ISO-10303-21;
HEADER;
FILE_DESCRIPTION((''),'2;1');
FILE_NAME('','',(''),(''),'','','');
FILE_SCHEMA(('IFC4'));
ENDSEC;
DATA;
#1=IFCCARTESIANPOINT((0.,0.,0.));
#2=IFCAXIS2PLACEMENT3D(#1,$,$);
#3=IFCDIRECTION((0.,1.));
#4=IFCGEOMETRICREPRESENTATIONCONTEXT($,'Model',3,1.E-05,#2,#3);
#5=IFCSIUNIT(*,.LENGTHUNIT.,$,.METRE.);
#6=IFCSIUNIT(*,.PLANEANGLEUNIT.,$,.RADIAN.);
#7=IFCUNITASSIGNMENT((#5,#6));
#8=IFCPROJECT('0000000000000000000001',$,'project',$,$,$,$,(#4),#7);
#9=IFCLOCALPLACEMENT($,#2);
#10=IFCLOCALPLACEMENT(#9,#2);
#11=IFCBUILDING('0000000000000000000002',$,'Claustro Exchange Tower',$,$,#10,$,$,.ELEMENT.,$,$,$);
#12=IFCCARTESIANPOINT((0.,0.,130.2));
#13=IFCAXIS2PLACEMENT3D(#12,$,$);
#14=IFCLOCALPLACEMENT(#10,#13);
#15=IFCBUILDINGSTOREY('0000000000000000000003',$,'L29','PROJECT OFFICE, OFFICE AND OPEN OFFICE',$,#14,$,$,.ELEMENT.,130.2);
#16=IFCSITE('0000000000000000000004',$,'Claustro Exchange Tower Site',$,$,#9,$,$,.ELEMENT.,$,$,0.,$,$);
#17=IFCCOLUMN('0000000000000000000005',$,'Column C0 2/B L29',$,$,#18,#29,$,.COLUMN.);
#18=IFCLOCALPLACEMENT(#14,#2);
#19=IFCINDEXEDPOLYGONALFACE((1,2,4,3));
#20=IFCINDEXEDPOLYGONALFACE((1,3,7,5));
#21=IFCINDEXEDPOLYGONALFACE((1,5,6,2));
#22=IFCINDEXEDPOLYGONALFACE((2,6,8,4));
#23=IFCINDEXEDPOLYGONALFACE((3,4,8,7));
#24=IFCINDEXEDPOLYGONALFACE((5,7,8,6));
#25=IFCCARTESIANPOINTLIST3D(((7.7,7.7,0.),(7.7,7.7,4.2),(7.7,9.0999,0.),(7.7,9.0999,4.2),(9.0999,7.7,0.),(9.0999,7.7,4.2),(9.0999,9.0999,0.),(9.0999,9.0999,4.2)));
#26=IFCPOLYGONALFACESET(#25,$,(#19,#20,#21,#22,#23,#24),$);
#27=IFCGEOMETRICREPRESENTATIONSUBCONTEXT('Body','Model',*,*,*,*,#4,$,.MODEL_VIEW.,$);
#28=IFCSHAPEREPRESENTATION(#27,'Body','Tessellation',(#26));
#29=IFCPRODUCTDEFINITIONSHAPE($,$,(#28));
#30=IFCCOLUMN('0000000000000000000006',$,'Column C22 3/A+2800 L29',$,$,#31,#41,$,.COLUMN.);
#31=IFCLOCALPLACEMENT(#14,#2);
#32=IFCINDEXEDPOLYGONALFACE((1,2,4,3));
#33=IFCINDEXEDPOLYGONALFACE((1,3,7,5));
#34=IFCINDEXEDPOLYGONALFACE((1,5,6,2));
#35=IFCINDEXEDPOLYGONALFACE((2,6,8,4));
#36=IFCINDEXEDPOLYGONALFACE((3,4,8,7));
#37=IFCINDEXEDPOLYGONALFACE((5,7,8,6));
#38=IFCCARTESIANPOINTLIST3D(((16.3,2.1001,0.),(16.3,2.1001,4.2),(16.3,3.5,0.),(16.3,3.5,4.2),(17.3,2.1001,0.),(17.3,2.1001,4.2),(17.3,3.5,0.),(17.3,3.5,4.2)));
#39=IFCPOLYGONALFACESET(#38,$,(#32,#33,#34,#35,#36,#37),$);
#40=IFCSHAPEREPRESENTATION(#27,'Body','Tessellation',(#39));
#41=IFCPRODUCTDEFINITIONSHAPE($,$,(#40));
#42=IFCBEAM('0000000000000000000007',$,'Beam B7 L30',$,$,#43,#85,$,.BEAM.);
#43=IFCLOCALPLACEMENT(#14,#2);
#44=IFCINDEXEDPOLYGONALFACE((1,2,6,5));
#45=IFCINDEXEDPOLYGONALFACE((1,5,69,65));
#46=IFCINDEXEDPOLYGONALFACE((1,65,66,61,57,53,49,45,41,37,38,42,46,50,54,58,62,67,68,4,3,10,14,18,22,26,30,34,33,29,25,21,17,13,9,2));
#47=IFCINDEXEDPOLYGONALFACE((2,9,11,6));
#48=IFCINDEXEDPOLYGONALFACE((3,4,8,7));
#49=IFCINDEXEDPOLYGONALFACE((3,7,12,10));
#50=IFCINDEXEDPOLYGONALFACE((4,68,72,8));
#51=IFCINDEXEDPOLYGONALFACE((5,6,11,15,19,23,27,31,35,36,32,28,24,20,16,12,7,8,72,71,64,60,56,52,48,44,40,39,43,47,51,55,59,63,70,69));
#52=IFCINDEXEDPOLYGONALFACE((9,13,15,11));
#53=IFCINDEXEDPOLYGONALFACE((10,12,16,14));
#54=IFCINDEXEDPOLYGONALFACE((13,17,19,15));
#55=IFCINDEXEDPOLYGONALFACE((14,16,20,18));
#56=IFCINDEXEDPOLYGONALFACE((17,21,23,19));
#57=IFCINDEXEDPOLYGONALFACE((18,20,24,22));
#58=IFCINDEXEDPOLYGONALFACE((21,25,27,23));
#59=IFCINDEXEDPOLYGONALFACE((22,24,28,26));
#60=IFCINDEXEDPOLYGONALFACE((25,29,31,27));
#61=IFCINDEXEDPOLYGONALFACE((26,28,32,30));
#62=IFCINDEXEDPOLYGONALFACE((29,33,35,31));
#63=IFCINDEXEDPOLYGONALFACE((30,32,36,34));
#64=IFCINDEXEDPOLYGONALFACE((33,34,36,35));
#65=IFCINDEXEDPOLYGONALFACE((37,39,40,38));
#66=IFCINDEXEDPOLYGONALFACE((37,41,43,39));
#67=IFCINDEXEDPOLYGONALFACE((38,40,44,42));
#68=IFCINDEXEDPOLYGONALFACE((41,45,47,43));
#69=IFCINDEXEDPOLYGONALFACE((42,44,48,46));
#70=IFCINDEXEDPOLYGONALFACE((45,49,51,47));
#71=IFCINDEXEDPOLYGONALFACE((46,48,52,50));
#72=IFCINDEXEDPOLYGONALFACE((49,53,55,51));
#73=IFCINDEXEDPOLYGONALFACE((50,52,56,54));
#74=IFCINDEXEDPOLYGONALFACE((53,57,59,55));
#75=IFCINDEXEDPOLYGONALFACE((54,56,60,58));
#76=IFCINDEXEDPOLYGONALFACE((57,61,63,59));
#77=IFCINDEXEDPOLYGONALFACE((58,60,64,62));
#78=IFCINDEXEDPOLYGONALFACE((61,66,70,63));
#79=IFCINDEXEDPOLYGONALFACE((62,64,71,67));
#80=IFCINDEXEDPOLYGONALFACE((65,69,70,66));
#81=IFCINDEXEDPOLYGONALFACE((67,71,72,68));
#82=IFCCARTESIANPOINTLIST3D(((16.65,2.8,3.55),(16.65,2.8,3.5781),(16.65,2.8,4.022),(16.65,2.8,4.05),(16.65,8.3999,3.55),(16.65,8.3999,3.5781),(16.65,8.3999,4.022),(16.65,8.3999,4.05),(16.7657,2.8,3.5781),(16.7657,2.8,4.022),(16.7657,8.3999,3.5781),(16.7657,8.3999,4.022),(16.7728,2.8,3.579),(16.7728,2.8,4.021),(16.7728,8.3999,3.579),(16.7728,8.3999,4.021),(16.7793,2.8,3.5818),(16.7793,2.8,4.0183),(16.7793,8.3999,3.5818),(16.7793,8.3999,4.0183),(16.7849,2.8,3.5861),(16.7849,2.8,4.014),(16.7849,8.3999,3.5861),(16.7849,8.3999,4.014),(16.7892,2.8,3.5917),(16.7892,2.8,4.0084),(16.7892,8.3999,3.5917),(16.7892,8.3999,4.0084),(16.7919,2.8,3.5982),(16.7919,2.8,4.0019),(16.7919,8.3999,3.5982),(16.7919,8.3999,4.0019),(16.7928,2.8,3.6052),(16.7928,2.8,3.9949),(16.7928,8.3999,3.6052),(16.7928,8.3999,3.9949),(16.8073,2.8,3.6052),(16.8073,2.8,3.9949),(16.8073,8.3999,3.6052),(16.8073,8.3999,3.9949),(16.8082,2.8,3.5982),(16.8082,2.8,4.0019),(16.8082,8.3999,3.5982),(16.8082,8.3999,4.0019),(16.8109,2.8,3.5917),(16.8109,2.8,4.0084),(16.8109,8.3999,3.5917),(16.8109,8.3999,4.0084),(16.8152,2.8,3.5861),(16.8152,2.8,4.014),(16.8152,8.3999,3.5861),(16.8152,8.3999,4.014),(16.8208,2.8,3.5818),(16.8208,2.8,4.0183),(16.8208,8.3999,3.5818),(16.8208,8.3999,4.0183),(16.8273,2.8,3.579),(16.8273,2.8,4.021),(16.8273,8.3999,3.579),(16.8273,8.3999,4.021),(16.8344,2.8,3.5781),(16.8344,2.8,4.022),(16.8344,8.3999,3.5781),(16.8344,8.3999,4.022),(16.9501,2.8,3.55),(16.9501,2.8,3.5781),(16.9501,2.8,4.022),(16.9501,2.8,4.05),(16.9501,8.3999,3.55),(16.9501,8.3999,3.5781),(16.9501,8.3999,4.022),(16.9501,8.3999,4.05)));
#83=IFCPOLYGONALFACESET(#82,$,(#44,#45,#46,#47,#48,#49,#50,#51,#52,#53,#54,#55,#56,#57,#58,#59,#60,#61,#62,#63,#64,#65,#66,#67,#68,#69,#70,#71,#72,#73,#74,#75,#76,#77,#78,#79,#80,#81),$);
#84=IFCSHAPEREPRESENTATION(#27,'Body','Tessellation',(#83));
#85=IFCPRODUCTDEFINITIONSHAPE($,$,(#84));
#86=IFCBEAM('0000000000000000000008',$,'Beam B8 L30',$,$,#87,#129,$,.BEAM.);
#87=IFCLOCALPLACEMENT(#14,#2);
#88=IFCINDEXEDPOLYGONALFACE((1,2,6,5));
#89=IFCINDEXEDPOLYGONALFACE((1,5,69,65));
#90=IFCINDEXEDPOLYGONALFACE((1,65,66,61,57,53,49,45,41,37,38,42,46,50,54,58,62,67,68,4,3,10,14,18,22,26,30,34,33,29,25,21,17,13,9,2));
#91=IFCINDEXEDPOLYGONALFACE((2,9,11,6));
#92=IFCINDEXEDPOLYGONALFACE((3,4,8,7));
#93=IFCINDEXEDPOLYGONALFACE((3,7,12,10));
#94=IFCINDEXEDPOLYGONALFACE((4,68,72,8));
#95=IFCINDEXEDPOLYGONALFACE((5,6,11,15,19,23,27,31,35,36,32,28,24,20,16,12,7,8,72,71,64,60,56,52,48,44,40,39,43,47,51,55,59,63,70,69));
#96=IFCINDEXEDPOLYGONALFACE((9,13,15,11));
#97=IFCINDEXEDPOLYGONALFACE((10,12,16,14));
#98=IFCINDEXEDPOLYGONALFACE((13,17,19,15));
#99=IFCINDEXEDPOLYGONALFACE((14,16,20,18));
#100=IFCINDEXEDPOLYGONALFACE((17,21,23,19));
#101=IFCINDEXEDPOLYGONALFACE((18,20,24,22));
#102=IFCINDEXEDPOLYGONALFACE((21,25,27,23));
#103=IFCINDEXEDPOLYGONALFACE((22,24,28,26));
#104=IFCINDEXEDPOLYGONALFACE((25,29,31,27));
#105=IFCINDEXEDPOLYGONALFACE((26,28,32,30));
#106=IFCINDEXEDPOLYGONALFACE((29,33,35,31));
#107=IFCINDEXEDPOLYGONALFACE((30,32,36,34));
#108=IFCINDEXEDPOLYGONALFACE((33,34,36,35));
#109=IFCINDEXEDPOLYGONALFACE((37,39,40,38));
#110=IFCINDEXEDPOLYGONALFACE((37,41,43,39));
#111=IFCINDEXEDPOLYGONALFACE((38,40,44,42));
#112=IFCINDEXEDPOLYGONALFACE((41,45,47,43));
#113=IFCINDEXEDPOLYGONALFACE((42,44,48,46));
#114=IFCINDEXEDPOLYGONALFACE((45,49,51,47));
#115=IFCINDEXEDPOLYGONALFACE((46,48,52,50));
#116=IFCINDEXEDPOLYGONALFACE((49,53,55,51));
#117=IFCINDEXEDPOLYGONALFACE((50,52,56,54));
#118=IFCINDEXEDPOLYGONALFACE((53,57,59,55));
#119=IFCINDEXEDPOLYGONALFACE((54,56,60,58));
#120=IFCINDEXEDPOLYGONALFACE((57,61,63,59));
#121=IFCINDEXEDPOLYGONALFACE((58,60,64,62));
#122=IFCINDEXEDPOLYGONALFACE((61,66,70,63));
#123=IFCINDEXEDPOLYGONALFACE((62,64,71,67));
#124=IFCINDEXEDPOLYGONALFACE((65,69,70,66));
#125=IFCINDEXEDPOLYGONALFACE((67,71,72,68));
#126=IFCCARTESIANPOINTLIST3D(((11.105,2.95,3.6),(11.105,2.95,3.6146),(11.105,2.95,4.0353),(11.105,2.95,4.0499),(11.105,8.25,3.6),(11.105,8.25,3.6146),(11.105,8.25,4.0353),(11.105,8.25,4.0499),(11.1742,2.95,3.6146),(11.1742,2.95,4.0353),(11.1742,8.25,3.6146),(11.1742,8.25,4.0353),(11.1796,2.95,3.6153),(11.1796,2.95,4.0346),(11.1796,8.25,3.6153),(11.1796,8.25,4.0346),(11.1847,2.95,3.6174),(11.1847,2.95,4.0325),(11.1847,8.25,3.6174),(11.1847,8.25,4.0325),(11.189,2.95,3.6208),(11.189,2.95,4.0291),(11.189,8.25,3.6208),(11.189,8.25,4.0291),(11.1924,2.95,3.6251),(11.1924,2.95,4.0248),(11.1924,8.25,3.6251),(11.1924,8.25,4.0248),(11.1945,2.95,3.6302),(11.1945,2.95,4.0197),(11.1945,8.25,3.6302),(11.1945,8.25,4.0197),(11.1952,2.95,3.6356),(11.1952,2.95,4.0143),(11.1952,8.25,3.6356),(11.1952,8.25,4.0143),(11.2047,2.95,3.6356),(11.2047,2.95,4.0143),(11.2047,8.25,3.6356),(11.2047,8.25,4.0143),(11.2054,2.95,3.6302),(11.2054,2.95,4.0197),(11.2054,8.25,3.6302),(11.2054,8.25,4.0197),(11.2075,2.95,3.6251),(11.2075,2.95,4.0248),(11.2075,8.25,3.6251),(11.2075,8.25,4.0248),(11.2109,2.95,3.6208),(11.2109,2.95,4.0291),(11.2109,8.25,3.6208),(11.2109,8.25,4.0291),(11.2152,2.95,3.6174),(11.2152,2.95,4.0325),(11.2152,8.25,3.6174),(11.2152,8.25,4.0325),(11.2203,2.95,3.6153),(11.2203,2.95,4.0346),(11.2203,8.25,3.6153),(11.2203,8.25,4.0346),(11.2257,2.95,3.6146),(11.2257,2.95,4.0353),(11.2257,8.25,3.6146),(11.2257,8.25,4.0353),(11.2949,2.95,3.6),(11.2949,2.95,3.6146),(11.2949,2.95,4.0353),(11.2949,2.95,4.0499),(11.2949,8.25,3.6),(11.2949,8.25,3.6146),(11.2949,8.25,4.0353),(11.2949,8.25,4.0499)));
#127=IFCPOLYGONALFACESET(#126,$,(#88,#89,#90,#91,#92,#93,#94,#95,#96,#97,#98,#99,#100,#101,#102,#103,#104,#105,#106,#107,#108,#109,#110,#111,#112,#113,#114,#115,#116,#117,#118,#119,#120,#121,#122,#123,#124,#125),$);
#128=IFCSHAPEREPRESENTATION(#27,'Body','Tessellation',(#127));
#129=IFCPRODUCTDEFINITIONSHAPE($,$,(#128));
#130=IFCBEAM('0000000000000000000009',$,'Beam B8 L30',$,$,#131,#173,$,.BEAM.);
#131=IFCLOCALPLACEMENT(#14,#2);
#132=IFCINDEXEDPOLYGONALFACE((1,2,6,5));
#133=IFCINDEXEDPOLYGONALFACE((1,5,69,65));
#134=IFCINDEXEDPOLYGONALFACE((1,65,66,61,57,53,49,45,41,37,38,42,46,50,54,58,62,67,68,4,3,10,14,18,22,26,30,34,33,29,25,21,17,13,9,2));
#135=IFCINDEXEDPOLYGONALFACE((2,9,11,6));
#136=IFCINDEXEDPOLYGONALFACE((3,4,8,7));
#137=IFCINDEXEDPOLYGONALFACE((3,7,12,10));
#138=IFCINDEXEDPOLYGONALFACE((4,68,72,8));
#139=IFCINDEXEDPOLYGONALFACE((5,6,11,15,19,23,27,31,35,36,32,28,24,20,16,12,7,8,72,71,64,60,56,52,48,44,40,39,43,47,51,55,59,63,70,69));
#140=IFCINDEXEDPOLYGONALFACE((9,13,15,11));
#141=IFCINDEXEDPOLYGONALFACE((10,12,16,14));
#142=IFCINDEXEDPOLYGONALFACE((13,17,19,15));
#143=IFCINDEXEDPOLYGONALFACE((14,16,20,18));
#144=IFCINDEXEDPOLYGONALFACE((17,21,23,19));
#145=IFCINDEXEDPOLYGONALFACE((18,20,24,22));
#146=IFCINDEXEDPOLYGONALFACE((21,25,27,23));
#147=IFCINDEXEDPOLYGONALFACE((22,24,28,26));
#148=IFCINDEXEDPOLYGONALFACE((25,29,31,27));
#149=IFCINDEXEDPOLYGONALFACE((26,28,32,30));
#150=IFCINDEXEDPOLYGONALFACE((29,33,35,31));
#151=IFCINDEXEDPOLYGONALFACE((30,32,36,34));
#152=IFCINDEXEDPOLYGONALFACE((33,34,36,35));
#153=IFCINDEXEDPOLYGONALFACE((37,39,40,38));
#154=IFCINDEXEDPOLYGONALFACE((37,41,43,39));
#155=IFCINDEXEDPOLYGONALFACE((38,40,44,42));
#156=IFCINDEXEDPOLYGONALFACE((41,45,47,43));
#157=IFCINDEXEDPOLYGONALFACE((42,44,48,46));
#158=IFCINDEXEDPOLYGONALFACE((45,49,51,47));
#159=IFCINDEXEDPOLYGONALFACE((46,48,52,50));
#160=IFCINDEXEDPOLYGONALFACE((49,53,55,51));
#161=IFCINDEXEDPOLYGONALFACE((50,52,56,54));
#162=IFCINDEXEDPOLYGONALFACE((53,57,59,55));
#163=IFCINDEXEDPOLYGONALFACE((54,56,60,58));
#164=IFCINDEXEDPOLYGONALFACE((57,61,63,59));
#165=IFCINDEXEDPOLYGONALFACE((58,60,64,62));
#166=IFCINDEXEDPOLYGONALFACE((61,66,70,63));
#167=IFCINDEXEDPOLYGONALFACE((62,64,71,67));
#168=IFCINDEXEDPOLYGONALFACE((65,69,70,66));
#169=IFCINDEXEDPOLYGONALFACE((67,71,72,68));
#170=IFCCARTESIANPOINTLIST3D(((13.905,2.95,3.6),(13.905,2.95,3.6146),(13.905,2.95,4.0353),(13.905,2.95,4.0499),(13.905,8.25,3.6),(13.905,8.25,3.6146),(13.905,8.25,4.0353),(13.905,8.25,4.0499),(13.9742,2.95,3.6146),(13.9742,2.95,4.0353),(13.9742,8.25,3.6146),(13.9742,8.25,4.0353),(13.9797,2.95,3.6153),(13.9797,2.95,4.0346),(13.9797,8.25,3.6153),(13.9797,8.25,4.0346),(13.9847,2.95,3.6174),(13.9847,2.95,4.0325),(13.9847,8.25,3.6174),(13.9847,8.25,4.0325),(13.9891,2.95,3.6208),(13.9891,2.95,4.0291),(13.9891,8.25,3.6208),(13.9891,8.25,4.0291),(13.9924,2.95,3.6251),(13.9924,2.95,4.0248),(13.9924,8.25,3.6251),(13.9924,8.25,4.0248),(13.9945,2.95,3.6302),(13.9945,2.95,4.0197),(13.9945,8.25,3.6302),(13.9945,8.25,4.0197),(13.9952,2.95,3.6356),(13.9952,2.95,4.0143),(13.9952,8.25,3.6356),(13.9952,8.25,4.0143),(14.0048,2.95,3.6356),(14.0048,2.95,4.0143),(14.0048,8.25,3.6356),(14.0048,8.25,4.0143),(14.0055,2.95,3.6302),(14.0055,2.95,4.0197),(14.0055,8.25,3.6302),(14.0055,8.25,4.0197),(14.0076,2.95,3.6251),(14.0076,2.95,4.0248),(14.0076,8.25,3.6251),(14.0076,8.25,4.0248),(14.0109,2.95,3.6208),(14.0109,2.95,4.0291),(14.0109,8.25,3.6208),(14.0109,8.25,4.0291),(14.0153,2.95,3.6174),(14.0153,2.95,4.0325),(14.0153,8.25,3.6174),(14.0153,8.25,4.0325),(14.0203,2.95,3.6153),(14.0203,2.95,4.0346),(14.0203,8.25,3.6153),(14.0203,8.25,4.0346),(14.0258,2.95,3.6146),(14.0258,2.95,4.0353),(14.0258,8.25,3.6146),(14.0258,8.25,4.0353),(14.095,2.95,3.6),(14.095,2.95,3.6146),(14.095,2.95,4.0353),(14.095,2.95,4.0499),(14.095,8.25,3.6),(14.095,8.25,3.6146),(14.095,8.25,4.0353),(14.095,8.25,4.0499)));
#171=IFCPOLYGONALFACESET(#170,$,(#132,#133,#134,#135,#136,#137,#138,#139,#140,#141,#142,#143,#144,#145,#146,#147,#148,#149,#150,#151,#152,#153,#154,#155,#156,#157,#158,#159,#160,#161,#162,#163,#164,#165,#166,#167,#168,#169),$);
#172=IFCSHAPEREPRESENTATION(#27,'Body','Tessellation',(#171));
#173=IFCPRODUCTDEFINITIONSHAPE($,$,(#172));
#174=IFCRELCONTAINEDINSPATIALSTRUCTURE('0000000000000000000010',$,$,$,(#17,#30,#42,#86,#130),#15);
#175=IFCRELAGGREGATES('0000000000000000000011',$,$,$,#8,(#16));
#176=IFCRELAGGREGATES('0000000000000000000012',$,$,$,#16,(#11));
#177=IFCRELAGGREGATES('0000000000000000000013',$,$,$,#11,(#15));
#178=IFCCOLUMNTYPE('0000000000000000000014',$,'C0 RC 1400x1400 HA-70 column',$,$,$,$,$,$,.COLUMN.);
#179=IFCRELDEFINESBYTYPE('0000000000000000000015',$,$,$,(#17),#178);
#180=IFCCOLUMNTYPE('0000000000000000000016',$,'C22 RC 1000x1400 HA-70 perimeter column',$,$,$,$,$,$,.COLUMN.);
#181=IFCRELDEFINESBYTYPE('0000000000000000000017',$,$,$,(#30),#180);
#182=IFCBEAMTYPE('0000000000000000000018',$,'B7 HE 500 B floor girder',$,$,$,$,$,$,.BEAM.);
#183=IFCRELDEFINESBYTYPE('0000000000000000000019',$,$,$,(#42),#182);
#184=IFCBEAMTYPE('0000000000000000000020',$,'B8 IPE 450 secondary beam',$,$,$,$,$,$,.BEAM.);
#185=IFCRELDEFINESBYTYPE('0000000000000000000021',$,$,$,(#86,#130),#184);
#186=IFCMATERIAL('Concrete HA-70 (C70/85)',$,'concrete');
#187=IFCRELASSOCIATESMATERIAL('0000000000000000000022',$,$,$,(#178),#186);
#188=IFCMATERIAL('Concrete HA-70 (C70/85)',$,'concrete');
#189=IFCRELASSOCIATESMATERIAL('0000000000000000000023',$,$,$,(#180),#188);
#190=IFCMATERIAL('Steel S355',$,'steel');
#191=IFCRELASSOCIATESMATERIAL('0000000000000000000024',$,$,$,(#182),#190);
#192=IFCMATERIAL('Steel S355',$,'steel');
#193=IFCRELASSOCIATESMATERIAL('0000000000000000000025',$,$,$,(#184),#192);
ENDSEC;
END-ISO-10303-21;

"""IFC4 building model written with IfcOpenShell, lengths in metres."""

from ifc_helpers import new_model, si_unit, direction, frame, origin, origin_2d, place, context, subcontext, project, spatial, rectangle, i_section, extrude, material, material_profile, profile_set, type_object, element, save


model = new_model("IFC4")

# Units and contexts
model_context = context("Model", 3, precision=1e-05, world=origin(), true_north=direction((0.0, 1.0)))
body_context = subcontext(model_context, "Body", "Model", "MODEL_VIEW")
ifc_project = project(units=[si_unit("LENGTHUNIT", "METRE"), si_unit("PLANEANGLEUNIT", "RADIAN")], contexts=[model_context])

# Site, building, storey
site_placement = place(None, origin())
site = spatial("IfcSite", under=ifc_project, at=site_placement, Name="Claustro Exchange Tower Site", CompositionType="ELEMENT", RefElevation=0.0)
building_placement = place(site_placement, origin())
building = spatial("IfcBuilding", under=site, at=building_placement, Name="Claustro Exchange Tower", CompositionType="ELEMENT")
storey_placement = place(building_placement, frame((0.0, 0.0, 130.2)))
storey = spatial("IfcBuildingStorey", under=building, at=storey_placement, Name="L29", Description="PROJECT OFFICE, OFFICE AND OPEN OFFICE", CompositionType="ELEMENT", Elevation=130.2)

# Columns
ifc_material_1 = material(Name="Concrete HA-70 (C70/85)", Category="concrete")
ifc_material_profile_1 = material_profile(ifc_material_1, rectangle(XDim=1.3999, YDim=1.3999, at=origin_2d()), Name="RC 1400x1400")
ifc_profile_set_1 = profile_set([ifc_material_profile_1], Name="Concrete HA-70 (C70/85)")
column_type_1 = type_object("IfcColumnType", Name="C0 RC 1400x1400 HA-70 column", PredefinedType="COLUMN", material=ifc_profile_set_1)
column_1_placement = place(storey_placement, frame((8.3999, 8.3999, 0.0), z_axis=(0.0, 0.0, 1.0), x_axis=(1.0, 0.0, 0.0)))
element("IfcColumn", 1, at=column_1_placement, inside=storey, type_object=column_type_1, Name="Column C0 2/B L29", PredefinedType="COLUMN", context=body_context, shape_type="SweptSolid", body=[
    extrude(rectangle(XDim=1.3999, YDim=1.3999, at=origin_2d()), origin(), (0.0, 0.0, 1.0), 4.2),
])
ifc_material_2 = material(Name="Concrete HA-70 (C70/85)", Category="concrete")
ifc_material_profile_2 = material_profile(ifc_material_2, rectangle(XDim=1.0, YDim=1.3999, at=origin_2d()), Name="RC 1000x1400")
ifc_profile_set_2 = profile_set([ifc_material_profile_2], Name="Concrete HA-70 (C70/85)")
column_type_2 = type_object("IfcColumnType", Name="C22 RC 1000x1400 HA-70 perimeter column", PredefinedType="COLUMN", material=ifc_profile_set_2)
column_2_placement = place(storey_placement, frame((16.8, 2.8, 0.0), z_axis=(0.0, 0.0, 1.0), x_axis=(1.0, 0.0, 0.0)))
element("IfcColumn", 2, at=column_2_placement, inside=storey, type_object=column_type_2, Name="Column C22 3/A+2800 L29", PredefinedType="COLUMN", context=body_context, shape_type="SweptSolid", body=[
    extrude(rectangle(XDim=1.0, YDim=1.3999, at=origin_2d()), origin(), (0.0, 0.0, 1.0), 4.2),
])

# Beams
ifc_material_3 = material(Name="Steel S355", Category="steel")
ifc_material_profile_3 = material_profile(ifc_material_3, i_section(OverallWidth=0.3, OverallDepth=0.5, WebThickness=0.0144, FlangeThickness=0.0281, FilletRadius=0.0271, at=origin_2d()), Name="HE 500 B")
ifc_profile_set_3 = profile_set([ifc_material_profile_3], Name="Steel S355")
beam_type_1 = type_object("IfcBeamType", Name="B7 HE 500 B floor girder", PredefinedType="BEAM", material=ifc_profile_set_3)
beam_1_placement = place(storey_placement, frame((16.8, 2.8, 3.8), z_axis=(0.0, 1.0, 0.0), x_axis=(-1.0, 0.0, 0.0)))
element("IfcBeam", 3, at=beam_1_placement, inside=storey, type_object=beam_type_1, Name="Beam B7 L30", PredefinedType="BEAM", context=body_context, shape_type="SweptSolid", body=[
    extrude(i_section(OverallWidth=0.3, OverallDepth=0.5, WebThickness=0.0144, FlangeThickness=0.0281, FilletRadius=0.0271, at=origin_2d()), origin(), (0.0, 0.0, 1.0), 5.5999),
])
ifc_material_4 = material(Name="Steel S355", Category="steel")
ifc_material_profile_4 = material_profile(ifc_material_4, i_section(OverallWidth=0.1899, OverallDepth=0.45, WebThickness=0.0095, FlangeThickness=0.0146, FilletRadius=0.021, at=origin_2d()), Name="IPE 450")
ifc_profile_set_4 = profile_set([ifc_material_profile_4], Name="Steel S355")
beam_type_2 = type_object("IfcBeamType", Name="B8 IPE 450 secondary beam", PredefinedType="BEAM", material=ifc_profile_set_4)
for number, where, z_axis, x_axis, name in (
    (4, (11.2, 2.95, 3.825), (0.0, 1.0, 0.0), (-1.0, 0.0, 0.0), "Beam B8 L30"),
    (5, (14.0, 2.95, 3.825), (0.0, 1.0, 0.0), (-1.0, 0.0, 0.0), "Beam B8 L30"),
):
    element("IfcBeam", number, at=place(storey_placement, frame(where, z_axis=z_axis, x_axis=x_axis)), inside=storey, type_object=beam_type_2, Name=name, PredefinedType="BEAM", context=body_context, shape_type="SweptSolid", body=[
        extrude(i_section(OverallWidth=0.1899, OverallDepth=0.45, WebThickness=0.0095, FlangeThickness=0.0146, FilletRadius=0.021, at=origin_2d()), origin(), (0.0, 0.0, 1.0), 5.3),
    ])

save(model, "model.ifc")
